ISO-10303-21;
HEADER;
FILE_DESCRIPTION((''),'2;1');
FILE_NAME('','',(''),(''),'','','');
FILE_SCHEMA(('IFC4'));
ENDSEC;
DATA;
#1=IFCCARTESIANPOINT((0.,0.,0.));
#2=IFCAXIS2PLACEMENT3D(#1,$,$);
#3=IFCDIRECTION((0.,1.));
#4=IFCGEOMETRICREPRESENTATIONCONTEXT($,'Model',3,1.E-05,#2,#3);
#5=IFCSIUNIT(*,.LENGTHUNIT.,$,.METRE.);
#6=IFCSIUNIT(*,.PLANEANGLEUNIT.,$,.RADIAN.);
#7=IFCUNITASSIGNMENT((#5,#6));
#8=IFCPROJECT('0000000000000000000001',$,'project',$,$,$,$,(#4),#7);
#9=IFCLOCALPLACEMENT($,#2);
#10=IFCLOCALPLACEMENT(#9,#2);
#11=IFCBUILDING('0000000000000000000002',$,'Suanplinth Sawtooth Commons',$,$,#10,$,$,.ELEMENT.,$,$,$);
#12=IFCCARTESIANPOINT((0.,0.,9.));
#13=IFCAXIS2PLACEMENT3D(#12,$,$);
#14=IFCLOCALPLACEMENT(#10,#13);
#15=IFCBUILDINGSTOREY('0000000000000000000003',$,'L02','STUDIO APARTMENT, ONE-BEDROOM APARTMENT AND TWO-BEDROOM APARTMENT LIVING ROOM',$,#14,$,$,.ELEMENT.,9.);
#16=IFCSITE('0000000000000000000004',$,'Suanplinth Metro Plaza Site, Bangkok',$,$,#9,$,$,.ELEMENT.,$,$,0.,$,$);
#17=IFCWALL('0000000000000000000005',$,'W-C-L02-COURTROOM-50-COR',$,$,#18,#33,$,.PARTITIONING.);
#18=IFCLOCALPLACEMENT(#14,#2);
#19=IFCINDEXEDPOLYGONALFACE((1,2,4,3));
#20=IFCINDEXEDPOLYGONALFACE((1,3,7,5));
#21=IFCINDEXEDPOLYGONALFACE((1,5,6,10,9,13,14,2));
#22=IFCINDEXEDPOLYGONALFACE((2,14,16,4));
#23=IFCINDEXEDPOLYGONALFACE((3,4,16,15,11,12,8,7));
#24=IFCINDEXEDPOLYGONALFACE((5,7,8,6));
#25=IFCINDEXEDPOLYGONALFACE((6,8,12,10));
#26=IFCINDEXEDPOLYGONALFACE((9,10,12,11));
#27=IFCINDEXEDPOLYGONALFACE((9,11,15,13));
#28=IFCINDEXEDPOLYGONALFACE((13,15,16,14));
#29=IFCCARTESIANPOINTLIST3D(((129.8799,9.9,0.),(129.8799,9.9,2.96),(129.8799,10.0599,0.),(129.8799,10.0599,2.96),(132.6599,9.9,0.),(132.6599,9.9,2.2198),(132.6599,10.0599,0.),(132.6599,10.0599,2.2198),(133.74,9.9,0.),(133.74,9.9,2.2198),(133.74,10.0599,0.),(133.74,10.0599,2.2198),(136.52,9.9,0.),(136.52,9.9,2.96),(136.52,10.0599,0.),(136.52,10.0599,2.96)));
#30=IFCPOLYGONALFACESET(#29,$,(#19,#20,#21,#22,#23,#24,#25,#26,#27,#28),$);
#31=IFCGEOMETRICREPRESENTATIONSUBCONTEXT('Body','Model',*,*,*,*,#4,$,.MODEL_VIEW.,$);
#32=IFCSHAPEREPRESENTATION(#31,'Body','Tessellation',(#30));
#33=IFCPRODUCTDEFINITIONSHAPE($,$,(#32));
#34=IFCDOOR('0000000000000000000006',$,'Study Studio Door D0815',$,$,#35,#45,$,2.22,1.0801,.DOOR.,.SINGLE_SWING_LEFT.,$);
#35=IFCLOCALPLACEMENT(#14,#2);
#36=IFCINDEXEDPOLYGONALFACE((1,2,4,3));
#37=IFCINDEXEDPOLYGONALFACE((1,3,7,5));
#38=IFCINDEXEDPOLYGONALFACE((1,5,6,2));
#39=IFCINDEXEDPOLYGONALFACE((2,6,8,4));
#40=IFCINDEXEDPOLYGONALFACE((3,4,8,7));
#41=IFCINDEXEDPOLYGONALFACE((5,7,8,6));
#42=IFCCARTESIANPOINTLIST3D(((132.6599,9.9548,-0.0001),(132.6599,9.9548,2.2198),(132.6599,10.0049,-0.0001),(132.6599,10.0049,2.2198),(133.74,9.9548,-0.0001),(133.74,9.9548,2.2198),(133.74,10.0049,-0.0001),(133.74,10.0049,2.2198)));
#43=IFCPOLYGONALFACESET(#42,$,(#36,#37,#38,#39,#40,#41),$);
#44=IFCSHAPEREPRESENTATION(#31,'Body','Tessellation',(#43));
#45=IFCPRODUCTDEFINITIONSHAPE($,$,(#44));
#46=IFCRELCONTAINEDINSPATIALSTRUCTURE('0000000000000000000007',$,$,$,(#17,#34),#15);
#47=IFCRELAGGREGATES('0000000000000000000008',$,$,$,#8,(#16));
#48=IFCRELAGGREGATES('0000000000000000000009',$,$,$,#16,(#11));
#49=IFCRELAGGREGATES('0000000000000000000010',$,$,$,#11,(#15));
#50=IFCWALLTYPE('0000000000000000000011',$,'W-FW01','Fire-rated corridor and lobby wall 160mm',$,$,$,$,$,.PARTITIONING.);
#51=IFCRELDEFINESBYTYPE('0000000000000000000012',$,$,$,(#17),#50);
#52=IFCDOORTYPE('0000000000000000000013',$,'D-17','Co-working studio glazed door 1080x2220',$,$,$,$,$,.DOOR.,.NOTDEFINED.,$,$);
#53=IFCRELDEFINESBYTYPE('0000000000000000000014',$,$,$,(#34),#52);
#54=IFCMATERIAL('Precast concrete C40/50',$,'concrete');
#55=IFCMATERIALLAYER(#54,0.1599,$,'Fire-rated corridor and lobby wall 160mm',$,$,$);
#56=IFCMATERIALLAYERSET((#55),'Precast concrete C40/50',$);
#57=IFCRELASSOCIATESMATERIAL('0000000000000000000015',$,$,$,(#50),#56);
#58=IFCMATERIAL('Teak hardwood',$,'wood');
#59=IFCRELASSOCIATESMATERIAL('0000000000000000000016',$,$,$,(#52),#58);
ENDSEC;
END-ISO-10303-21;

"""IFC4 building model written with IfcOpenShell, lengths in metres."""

from ifc_helpers import new_model, si_unit, direction, frame, frame_2d, origin, place, context, subcontext, project, spatial, rectangle, extrude, material, layer, layer_set, type_object, element, fill, save


model = new_model("IFC4")

# Units and contexts
model_context = context("Model", 3, precision=1e-05, world=origin(), true_north=direction((0.0, 1.0)))
body_context = subcontext(model_context, "Body", "Model", "MODEL_VIEW")
ifc_project = project(units=[si_unit("LENGTHUNIT", "METRE"), si_unit("PLANEANGLEUNIT", "RADIAN")], contexts=[model_context])

# Site, building, storey
site_placement = place(None, origin())
site = spatial("IfcSite", under=ifc_project, at=site_placement, Name="Suanplinth Metro Plaza Site, Bangkok", CompositionType="ELEMENT", RefElevation=0.0)
building_placement = place(site_placement, origin())
building = spatial("IfcBuilding", under=site, at=building_placement, Name="Suanplinth Sawtooth Commons", CompositionType="ELEMENT")
storey_placement = place(building_placement, frame((0.0, 0.0, 9.0)))
storey = spatial("IfcBuildingStorey", under=building, at=storey_placement, Name="L02", Description="STUDIO APARTMENT, ONE-BEDROOM APARTMENT AND TWO-BEDROOM APARTMENT LIVING ROOM", CompositionType="ELEMENT", Elevation=9.0)

# Shared definitions
ifc_material_1 = material(Name="Precast concrete C40/50", Category="concrete")

# Wall, opening, door
ifc_layer_1 = layer(ifc_material_1, 0.1599, Name="Fire-rated corridor and lobby wall 160mm")
ifc_layer_set_1 = layer_set([ifc_layer_1], Name="Precast concrete C40/50")
wall_type_1 = type_object("IfcWallType", Name="W-FW01", Description="Fire-rated corridor and lobby wall 160mm", PredefinedType="PARTITIONING", material=ifc_layer_set_1)
ifc_material_2 = material(Name="Teak hardwood", Category="wood")
door_type_1 = type_object("IfcDoorType", Name="D-17", Description="Co-working studio glazed door 1080x2220", OperationType="NOTDEFINED", PredefinedType="DOOR", material=ifc_material_2)
wall_1_placement = place(storey_placement, frame((129.8799, 9.98, 0.0), z_axis=(0.0, 0.0, 1.0), x_axis=(1.0, 0.0, 0.0)))
wall_1 = element("IfcWall", 1, at=wall_1_placement, inside=storey, type_object=wall_type_1, Name="W-C-L02-COURTROOM-50-COR", PredefinedType="PARTITIONING", context=body_context, shape_type="SweptSolid", body=[
    extrude(rectangle(XDim=6.6401, YDim=0.1599, at=frame_2d((3.3201, 0.0))), origin(), (0.0, 0.0, 1.0), 2.96),
])
opening_1_placement = place(wall_1_placement, frame((2.78, 0.0, 0.0)))
opening_1 = element("IfcOpeningElement", 2, at=opening_1_placement, cuts=wall_1, PredefinedType="OPENING", context=body_context, shape_type="SweptSolid", body=[
    extrude(rectangle(XDim=1.0801, YDim=2.22, at=frame_2d((0.54, 1.1099))), frame((0.0, 0.0947, 0.0), z_axis=(0.0, -1.0, 0.0), x_axis=(1.0, 0.0, 0.0)), (0.0, 0.0, 1.0), 0.1897),
])
door_1_placement = place(opening_1_placement, origin())
door_1 = element("IfcDoor", 3, at=door_1_placement, inside=storey, type_object=door_type_1, Name="Study Studio Door D0815", OperationType="SINGLE_SWING_LEFT", OverallHeight=2.22, OverallWidth=1.0801, PredefinedType="DOOR", context=body_context, shape_type="SweptSolid", body=[
    extrude(rectangle(XDim=1.0801, YDim=2.22, at=frame_2d((0.54, 1.1099))), frame((0.0, 0.0249, 0.0), z_axis=(0.0, -1.0, 0.0), x_axis=(1.0, 0.0, 0.0)), (0.0, 0.0, 1.0), 0.05),
])
fill(opening_1, door_1)

save(model, "model.ifc")
